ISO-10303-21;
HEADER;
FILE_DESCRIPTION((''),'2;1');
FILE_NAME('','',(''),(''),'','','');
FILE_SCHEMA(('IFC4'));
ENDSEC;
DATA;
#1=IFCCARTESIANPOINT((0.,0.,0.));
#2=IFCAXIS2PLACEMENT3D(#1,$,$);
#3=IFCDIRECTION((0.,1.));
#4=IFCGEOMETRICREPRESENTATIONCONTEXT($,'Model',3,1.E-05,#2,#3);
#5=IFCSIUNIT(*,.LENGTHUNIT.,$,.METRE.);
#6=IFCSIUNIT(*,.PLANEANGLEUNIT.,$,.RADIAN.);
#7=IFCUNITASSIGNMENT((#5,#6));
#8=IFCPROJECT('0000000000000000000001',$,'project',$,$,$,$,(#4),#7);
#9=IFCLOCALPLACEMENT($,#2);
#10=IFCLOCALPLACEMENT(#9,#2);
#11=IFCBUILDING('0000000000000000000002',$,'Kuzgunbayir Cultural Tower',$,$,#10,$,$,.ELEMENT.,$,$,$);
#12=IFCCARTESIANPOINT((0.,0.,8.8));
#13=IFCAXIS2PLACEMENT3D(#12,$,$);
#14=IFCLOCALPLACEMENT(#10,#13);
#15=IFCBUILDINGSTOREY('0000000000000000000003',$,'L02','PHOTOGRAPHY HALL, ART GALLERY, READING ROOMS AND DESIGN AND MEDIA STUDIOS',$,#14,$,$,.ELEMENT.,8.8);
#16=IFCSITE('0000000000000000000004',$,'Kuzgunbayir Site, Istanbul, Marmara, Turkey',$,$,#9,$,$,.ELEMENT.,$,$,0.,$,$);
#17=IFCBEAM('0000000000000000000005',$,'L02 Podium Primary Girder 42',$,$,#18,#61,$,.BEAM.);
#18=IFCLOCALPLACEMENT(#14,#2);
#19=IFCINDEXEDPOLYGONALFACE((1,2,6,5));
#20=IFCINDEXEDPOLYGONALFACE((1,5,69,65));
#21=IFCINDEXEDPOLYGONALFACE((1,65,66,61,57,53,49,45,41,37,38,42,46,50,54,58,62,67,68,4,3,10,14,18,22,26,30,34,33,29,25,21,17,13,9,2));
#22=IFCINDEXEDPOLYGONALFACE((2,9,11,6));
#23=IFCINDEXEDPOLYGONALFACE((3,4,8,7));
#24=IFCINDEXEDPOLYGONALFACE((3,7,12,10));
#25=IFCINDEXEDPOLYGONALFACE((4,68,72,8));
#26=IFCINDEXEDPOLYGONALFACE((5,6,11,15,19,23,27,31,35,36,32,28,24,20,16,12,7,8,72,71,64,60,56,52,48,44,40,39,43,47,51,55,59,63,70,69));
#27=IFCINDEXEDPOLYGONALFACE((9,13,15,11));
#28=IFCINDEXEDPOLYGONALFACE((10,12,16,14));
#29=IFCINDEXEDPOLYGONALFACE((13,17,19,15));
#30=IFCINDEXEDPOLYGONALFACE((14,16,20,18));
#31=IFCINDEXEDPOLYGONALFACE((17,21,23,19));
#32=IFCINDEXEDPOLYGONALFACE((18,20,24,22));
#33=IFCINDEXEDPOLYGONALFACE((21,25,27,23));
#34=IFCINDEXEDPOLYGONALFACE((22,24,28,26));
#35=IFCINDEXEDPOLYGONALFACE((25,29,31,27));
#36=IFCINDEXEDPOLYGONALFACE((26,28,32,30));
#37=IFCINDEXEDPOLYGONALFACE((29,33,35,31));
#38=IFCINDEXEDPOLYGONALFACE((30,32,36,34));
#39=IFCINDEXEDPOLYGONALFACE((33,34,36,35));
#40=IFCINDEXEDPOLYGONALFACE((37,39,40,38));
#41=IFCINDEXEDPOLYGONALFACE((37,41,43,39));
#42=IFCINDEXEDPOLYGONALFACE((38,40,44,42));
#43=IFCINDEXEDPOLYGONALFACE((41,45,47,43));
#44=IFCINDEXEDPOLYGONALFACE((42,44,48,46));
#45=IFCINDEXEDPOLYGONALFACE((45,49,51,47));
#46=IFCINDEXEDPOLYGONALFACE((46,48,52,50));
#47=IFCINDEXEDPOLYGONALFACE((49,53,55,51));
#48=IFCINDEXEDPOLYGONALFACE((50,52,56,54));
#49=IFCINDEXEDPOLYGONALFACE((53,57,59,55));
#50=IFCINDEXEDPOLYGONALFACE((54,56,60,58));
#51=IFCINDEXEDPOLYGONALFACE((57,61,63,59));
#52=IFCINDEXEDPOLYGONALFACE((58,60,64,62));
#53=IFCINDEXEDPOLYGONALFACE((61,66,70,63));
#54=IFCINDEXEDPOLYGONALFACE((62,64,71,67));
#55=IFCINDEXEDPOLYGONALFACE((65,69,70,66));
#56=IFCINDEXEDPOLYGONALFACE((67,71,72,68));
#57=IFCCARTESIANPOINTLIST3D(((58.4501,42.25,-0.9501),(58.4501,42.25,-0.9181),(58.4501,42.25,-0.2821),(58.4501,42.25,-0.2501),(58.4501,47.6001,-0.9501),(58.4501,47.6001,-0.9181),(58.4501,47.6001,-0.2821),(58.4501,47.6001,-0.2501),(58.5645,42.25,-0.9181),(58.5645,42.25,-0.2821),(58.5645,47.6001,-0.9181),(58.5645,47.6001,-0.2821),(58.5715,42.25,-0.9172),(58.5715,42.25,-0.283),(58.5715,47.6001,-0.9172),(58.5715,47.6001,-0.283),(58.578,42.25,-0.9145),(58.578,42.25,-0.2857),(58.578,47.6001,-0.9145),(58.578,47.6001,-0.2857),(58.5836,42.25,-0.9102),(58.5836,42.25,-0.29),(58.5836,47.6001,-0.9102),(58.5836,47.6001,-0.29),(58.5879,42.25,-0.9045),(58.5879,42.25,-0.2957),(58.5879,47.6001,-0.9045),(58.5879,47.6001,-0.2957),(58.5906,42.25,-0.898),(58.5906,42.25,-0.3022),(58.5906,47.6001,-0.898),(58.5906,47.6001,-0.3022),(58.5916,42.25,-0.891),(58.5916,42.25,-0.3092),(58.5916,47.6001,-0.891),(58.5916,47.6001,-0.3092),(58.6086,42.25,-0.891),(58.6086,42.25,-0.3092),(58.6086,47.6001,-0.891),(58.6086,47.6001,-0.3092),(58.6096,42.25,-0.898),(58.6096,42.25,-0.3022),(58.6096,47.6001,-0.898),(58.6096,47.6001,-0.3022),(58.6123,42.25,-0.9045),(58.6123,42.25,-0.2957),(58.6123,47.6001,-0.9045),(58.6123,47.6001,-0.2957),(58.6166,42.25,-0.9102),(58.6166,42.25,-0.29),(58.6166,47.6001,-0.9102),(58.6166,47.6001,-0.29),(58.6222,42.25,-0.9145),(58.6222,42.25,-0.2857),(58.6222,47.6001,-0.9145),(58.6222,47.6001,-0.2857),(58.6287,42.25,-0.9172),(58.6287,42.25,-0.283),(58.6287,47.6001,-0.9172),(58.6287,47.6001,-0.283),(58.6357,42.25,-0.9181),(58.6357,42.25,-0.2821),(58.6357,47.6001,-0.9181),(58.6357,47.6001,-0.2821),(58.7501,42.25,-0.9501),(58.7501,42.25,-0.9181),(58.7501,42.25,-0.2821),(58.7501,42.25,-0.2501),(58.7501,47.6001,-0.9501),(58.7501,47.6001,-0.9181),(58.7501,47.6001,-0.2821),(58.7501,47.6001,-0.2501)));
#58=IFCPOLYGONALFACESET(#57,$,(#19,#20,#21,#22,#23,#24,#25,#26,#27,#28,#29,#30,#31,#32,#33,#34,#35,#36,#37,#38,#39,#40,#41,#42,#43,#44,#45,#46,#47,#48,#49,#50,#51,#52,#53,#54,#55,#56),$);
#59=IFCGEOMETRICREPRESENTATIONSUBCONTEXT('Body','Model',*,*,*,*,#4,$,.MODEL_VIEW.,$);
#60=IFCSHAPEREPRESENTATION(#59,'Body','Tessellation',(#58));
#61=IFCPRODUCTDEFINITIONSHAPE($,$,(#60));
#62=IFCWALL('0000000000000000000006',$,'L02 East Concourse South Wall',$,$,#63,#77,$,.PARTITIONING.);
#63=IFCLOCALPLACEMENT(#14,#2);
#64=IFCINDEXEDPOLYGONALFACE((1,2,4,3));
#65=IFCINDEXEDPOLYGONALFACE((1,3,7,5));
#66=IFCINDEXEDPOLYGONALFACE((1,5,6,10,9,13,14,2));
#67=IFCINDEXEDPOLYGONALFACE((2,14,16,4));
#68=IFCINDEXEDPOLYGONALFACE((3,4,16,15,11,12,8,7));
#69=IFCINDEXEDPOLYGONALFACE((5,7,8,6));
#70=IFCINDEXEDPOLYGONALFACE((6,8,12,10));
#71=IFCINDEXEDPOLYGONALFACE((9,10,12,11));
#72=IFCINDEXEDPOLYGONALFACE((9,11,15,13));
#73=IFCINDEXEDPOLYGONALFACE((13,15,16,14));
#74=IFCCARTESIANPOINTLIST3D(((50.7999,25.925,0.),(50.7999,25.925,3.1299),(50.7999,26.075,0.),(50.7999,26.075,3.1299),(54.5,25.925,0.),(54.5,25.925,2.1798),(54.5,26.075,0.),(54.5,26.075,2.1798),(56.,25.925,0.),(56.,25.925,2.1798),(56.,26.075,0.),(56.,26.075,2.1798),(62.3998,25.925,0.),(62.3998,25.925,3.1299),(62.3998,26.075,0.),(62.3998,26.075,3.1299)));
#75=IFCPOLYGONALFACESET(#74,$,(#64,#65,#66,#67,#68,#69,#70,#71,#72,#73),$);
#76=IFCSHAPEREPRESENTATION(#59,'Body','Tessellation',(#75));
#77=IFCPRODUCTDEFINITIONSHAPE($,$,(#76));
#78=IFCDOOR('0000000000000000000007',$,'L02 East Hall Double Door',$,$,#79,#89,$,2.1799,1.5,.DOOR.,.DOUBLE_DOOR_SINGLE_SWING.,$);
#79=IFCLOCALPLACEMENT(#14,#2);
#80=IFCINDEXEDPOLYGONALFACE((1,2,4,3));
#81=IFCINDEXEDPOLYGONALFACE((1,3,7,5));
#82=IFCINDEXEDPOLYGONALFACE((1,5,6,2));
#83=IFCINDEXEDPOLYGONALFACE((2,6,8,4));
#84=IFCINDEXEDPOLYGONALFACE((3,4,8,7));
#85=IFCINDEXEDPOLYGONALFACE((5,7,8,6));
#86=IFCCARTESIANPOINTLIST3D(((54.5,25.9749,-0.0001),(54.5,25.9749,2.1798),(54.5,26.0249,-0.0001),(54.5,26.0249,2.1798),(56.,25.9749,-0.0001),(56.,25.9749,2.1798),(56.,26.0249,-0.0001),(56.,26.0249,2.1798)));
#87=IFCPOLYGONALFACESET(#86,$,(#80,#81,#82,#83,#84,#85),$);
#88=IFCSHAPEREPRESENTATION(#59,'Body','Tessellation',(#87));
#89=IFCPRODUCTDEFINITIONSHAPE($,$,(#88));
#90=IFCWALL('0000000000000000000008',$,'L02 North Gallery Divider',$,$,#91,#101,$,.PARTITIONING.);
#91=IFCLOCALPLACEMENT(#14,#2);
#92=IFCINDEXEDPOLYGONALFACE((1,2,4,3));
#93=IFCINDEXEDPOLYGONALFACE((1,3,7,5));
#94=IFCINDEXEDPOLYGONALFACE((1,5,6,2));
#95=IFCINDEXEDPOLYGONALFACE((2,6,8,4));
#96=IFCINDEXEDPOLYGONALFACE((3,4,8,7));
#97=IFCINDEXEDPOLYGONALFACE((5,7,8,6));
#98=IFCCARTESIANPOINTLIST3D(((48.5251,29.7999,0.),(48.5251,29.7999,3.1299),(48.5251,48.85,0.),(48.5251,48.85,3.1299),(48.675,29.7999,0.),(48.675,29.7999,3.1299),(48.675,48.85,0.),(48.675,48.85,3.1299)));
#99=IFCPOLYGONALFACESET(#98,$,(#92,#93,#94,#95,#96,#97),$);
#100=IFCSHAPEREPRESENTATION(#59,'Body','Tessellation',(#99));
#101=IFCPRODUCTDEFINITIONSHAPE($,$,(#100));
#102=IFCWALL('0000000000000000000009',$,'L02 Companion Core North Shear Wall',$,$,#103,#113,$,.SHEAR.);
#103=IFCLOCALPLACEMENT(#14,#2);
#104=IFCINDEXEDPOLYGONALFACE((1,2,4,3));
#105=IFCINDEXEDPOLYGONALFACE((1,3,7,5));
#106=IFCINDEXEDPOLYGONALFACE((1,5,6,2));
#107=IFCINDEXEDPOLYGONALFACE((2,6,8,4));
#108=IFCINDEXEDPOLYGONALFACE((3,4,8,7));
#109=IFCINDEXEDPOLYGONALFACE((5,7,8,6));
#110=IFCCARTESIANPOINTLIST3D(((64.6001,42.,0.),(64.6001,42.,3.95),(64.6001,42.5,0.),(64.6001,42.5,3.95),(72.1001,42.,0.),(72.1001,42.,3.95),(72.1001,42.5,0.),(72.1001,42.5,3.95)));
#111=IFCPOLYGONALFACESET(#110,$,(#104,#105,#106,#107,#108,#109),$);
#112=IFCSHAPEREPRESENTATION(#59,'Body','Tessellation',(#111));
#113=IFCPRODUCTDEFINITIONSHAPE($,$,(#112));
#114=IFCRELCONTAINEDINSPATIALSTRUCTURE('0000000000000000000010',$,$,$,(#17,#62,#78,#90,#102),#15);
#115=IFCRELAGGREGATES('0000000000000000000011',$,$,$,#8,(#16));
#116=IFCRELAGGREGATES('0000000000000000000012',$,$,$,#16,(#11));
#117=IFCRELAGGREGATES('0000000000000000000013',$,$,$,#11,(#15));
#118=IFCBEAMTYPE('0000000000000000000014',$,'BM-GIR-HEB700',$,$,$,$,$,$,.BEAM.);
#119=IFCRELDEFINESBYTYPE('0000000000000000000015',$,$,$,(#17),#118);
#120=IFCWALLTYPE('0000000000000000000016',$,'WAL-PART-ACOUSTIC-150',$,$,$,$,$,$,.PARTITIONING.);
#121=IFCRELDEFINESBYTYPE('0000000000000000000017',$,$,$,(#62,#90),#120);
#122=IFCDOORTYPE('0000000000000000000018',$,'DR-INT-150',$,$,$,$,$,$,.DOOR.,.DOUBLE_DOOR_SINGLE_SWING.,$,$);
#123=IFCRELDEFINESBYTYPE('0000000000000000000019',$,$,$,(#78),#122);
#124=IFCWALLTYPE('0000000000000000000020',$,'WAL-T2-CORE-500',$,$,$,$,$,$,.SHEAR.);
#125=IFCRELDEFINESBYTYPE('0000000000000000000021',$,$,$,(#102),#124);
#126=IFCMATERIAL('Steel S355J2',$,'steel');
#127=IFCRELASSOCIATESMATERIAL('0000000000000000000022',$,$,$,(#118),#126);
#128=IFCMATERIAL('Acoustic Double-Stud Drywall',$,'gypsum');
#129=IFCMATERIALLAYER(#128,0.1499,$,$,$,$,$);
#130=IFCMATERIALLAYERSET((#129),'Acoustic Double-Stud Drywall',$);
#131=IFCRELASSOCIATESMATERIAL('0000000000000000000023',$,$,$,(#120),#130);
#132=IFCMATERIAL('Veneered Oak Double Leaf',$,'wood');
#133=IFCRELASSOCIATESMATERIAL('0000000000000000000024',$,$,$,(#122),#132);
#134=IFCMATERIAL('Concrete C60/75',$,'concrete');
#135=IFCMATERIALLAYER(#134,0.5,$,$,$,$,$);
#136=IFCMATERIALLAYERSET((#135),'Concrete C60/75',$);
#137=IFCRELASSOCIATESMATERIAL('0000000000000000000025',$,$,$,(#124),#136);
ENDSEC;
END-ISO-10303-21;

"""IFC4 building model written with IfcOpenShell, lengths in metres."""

from ifc_helpers import new_model, si_unit, direction, frame, frame_2d, origin, origin_2d, place, context, subcontext, project, spatial, rectangle, i_section, extrude, material, layer, layer_set, material_profile, profile_set, type_object, element, fill, save


model = new_model("IFC4")

# Units and contexts
model_context = context("Model", 3, precision=1e-05, world=origin(), true_north=direction((0.0, 1.0)))
body_context = subcontext(model_context, "Body", "Model", "MODEL_VIEW")
ifc_project = project(units=[si_unit("LENGTHUNIT", "METRE"), si_unit("PLANEANGLEUNIT", "RADIAN")], contexts=[model_context])

# Site, building, storey
site_placement = place(None, origin())
site = spatial("IfcSite", under=ifc_project, at=site_placement, Name="Kuzgunbayir Site, Istanbul, Marmara, Turkey", CompositionType="ELEMENT", RefElevation=0.0)
building_placement = place(site_placement, origin())
building = spatial("IfcBuilding", under=site, at=building_placement, Name="Kuzgunbayir Cultural Tower", CompositionType="ELEMENT")
storey_placement = place(building_placement, frame((0.0, 0.0, 8.8)))
storey = spatial("IfcBuildingStorey", under=building, at=storey_placement, Name="L02", Description="PHOTOGRAPHY HALL, ART GALLERY, READING ROOMS AND DESIGN AND MEDIA STUDIOS", CompositionType="ELEMENT", Elevation=8.8)

# Shared definitions
ifc_material_1 = material(Name="Concrete C60/75", Category="concrete")

# Beam
ifc_material_2 = material(Name="Steel S355J2", Category="steel")
ifc_material_profile_1 = material_profile(ifc_material_2, i_section(OverallWidth=0.3, OverallDepth=0.7, WebThickness=0.0171, FlangeThickness=0.032, FilletRadius=0.0271, at=origin_2d()), Name="HEB 700")
ifc_profile_set_1 = profile_set([ifc_material_profile_1], Name="Steel S355J2")
beam_type = type_object("IfcBeamType", Name="BM-GIR-HEB700", PredefinedType="BEAM", material=ifc_profile_set_1)
beam_1_placement = place(storey_placement, frame((58.6001, 42.25, -0.6001), z_axis=(0.0, 1.0, 0.0), x_axis=(-1.0, 0.0, 0.0)))
element("IfcBeam", 1, at=beam_1_placement, inside=storey, type_object=beam_type, Name="L02 Podium Primary Girder 42", PredefinedType="BEAM", context=body_context, shape_type="SweptSolid", body=[
    extrude(i_section(OverallWidth=0.3, OverallDepth=0.7, WebThickness=0.0171, FlangeThickness=0.032, FilletRadius=0.0271, at=origin_2d()), origin(), (0.0, 0.0, 1.0), 5.3501),
])

# Wall, opening, door
ifc_material_3 = material(Name="Acoustic Double-Stud Drywall", Category="gypsum")
ifc_layer_1 = layer(ifc_material_3, 0.1499)
ifc_layer_set_1 = layer_set([ifc_layer_1], Name="Acoustic Double-Stud Drywall")
wall_type_1 = type_object("IfcWallType", Name="WAL-PART-ACOUSTIC-150", PredefinedType="PARTITIONING", material=ifc_layer_set_1)
wall_1_placement = place(storey_placement, frame((50.8, 26.0, 0.0), z_axis=(0.0, 0.0, 1.0), x_axis=(1.0, 0.0, 0.0)))
wall_1 = element("IfcWall", 2, at=wall_1_placement, inside=storey, type_object=wall_type_1, Name="L02 East Concourse South Wall", PredefinedType="PARTITIONING", context=body_context, shape_type="SweptSolid", body=[
    extrude(rectangle(XDim=11.5999, YDim=0.1499, at=frame_2d((5.7998, 0.0))), origin(), (0.0, 0.0, 1.0), 3.1299),
])
opening_1_placement = place(wall_1_placement, frame((3.7, 0.0, 0.0)))
opening_1 = element("IfcOpeningElement", 3, at=opening_1_placement, cuts=wall_1, PredefinedType="OPENING", context=body_context, shape_type="SweptSolid", body=[
    extrude(rectangle(XDim=1.5, YDim=2.1799, at=frame_2d((0.75, 1.0898))), frame((0.0, 0.085, 0.0), z_axis=(0.0, -1.0, 0.0), x_axis=(1.0, 0.0, 0.0)), (0.0, 0.0, 1.0), 0.1699),
])
ifc_material_4 = material(Name="Veneered Oak Double Leaf", Category="wood")
door_type_1 = type_object("IfcDoorType", Name="DR-INT-150", OperationType="DOUBLE_DOOR_SINGLE_SWING", PredefinedType="DOOR", material=ifc_material_4)
door_1_placement = place(opening_1_placement, origin())
door_1 = element("IfcDoor", 4, at=door_1_placement, inside=storey, type_object=door_type_1, Name="L02 East Hall Double Door", OperationType="DOUBLE_DOOR_SINGLE_SWING", OverallHeight=2.1799, OverallWidth=1.5, PredefinedType="DOOR", context=body_context, shape_type="SweptSolid", body=[
    extrude(rectangle(XDim=1.5, YDim=2.1799, at=frame_2d((0.75, 1.0898))), frame((0.0, 0.0249, 0.0), z_axis=(0.0, -1.0, 0.0), x_axis=(1.0, 0.0, 0.0)), (0.0, 0.0, 1.0), 0.05),
])
fill(opening_1, door_1)

# Wall
wall_2_placement = place(storey_placement, frame((48.6001, 29.8, 0.0), z_axis=(0.0, 0.0, 1.0), x_axis=(0.0, 1.0, 0.0)))
element("IfcWall", 5, at=wall_2_placement, inside=storey, type_object=wall_type_1, Name="L02 North Gallery Divider", PredefinedType="PARTITIONING", context=body_context, shape_type="SweptSolid", body=[
    extrude(rectangle(XDim=19.05, YDim=0.1499, at=frame_2d((9.5249, 0.0))), origin(), (0.0, 0.0, 1.0), 3.1299),
])

# Wall
ifc_layer_2 = layer(ifc_material_1, 0.5)
ifc_layer_set_2 = layer_set([ifc_layer_2], Name="Concrete C60/75")
wall_type_2 = type_object("IfcWallType", Name="WAL-T2-CORE-500", PredefinedType="SHEAR", material=ifc_layer_set_2)
wall_3_placement = place(storey_placement, frame((64.6001, 42.25, 0.0), z_axis=(0.0, 0.0, 1.0), x_axis=(1.0, 0.0, 0.0)))
element("IfcWall", 6, at=wall_3_placement, inside=storey, type_object=wall_type_2, Name="L02 Companion Core North Shear Wall", PredefinedType="SHEAR", context=body_context, shape_type="SweptSolid", body=[
    extrude(rectangle(XDim=7.5, YDim=0.5, at=frame_2d((3.75, 0.0))), origin(), (0.0, 0.0, 1.0), 3.95),
])

save(model, "model.ifc")
